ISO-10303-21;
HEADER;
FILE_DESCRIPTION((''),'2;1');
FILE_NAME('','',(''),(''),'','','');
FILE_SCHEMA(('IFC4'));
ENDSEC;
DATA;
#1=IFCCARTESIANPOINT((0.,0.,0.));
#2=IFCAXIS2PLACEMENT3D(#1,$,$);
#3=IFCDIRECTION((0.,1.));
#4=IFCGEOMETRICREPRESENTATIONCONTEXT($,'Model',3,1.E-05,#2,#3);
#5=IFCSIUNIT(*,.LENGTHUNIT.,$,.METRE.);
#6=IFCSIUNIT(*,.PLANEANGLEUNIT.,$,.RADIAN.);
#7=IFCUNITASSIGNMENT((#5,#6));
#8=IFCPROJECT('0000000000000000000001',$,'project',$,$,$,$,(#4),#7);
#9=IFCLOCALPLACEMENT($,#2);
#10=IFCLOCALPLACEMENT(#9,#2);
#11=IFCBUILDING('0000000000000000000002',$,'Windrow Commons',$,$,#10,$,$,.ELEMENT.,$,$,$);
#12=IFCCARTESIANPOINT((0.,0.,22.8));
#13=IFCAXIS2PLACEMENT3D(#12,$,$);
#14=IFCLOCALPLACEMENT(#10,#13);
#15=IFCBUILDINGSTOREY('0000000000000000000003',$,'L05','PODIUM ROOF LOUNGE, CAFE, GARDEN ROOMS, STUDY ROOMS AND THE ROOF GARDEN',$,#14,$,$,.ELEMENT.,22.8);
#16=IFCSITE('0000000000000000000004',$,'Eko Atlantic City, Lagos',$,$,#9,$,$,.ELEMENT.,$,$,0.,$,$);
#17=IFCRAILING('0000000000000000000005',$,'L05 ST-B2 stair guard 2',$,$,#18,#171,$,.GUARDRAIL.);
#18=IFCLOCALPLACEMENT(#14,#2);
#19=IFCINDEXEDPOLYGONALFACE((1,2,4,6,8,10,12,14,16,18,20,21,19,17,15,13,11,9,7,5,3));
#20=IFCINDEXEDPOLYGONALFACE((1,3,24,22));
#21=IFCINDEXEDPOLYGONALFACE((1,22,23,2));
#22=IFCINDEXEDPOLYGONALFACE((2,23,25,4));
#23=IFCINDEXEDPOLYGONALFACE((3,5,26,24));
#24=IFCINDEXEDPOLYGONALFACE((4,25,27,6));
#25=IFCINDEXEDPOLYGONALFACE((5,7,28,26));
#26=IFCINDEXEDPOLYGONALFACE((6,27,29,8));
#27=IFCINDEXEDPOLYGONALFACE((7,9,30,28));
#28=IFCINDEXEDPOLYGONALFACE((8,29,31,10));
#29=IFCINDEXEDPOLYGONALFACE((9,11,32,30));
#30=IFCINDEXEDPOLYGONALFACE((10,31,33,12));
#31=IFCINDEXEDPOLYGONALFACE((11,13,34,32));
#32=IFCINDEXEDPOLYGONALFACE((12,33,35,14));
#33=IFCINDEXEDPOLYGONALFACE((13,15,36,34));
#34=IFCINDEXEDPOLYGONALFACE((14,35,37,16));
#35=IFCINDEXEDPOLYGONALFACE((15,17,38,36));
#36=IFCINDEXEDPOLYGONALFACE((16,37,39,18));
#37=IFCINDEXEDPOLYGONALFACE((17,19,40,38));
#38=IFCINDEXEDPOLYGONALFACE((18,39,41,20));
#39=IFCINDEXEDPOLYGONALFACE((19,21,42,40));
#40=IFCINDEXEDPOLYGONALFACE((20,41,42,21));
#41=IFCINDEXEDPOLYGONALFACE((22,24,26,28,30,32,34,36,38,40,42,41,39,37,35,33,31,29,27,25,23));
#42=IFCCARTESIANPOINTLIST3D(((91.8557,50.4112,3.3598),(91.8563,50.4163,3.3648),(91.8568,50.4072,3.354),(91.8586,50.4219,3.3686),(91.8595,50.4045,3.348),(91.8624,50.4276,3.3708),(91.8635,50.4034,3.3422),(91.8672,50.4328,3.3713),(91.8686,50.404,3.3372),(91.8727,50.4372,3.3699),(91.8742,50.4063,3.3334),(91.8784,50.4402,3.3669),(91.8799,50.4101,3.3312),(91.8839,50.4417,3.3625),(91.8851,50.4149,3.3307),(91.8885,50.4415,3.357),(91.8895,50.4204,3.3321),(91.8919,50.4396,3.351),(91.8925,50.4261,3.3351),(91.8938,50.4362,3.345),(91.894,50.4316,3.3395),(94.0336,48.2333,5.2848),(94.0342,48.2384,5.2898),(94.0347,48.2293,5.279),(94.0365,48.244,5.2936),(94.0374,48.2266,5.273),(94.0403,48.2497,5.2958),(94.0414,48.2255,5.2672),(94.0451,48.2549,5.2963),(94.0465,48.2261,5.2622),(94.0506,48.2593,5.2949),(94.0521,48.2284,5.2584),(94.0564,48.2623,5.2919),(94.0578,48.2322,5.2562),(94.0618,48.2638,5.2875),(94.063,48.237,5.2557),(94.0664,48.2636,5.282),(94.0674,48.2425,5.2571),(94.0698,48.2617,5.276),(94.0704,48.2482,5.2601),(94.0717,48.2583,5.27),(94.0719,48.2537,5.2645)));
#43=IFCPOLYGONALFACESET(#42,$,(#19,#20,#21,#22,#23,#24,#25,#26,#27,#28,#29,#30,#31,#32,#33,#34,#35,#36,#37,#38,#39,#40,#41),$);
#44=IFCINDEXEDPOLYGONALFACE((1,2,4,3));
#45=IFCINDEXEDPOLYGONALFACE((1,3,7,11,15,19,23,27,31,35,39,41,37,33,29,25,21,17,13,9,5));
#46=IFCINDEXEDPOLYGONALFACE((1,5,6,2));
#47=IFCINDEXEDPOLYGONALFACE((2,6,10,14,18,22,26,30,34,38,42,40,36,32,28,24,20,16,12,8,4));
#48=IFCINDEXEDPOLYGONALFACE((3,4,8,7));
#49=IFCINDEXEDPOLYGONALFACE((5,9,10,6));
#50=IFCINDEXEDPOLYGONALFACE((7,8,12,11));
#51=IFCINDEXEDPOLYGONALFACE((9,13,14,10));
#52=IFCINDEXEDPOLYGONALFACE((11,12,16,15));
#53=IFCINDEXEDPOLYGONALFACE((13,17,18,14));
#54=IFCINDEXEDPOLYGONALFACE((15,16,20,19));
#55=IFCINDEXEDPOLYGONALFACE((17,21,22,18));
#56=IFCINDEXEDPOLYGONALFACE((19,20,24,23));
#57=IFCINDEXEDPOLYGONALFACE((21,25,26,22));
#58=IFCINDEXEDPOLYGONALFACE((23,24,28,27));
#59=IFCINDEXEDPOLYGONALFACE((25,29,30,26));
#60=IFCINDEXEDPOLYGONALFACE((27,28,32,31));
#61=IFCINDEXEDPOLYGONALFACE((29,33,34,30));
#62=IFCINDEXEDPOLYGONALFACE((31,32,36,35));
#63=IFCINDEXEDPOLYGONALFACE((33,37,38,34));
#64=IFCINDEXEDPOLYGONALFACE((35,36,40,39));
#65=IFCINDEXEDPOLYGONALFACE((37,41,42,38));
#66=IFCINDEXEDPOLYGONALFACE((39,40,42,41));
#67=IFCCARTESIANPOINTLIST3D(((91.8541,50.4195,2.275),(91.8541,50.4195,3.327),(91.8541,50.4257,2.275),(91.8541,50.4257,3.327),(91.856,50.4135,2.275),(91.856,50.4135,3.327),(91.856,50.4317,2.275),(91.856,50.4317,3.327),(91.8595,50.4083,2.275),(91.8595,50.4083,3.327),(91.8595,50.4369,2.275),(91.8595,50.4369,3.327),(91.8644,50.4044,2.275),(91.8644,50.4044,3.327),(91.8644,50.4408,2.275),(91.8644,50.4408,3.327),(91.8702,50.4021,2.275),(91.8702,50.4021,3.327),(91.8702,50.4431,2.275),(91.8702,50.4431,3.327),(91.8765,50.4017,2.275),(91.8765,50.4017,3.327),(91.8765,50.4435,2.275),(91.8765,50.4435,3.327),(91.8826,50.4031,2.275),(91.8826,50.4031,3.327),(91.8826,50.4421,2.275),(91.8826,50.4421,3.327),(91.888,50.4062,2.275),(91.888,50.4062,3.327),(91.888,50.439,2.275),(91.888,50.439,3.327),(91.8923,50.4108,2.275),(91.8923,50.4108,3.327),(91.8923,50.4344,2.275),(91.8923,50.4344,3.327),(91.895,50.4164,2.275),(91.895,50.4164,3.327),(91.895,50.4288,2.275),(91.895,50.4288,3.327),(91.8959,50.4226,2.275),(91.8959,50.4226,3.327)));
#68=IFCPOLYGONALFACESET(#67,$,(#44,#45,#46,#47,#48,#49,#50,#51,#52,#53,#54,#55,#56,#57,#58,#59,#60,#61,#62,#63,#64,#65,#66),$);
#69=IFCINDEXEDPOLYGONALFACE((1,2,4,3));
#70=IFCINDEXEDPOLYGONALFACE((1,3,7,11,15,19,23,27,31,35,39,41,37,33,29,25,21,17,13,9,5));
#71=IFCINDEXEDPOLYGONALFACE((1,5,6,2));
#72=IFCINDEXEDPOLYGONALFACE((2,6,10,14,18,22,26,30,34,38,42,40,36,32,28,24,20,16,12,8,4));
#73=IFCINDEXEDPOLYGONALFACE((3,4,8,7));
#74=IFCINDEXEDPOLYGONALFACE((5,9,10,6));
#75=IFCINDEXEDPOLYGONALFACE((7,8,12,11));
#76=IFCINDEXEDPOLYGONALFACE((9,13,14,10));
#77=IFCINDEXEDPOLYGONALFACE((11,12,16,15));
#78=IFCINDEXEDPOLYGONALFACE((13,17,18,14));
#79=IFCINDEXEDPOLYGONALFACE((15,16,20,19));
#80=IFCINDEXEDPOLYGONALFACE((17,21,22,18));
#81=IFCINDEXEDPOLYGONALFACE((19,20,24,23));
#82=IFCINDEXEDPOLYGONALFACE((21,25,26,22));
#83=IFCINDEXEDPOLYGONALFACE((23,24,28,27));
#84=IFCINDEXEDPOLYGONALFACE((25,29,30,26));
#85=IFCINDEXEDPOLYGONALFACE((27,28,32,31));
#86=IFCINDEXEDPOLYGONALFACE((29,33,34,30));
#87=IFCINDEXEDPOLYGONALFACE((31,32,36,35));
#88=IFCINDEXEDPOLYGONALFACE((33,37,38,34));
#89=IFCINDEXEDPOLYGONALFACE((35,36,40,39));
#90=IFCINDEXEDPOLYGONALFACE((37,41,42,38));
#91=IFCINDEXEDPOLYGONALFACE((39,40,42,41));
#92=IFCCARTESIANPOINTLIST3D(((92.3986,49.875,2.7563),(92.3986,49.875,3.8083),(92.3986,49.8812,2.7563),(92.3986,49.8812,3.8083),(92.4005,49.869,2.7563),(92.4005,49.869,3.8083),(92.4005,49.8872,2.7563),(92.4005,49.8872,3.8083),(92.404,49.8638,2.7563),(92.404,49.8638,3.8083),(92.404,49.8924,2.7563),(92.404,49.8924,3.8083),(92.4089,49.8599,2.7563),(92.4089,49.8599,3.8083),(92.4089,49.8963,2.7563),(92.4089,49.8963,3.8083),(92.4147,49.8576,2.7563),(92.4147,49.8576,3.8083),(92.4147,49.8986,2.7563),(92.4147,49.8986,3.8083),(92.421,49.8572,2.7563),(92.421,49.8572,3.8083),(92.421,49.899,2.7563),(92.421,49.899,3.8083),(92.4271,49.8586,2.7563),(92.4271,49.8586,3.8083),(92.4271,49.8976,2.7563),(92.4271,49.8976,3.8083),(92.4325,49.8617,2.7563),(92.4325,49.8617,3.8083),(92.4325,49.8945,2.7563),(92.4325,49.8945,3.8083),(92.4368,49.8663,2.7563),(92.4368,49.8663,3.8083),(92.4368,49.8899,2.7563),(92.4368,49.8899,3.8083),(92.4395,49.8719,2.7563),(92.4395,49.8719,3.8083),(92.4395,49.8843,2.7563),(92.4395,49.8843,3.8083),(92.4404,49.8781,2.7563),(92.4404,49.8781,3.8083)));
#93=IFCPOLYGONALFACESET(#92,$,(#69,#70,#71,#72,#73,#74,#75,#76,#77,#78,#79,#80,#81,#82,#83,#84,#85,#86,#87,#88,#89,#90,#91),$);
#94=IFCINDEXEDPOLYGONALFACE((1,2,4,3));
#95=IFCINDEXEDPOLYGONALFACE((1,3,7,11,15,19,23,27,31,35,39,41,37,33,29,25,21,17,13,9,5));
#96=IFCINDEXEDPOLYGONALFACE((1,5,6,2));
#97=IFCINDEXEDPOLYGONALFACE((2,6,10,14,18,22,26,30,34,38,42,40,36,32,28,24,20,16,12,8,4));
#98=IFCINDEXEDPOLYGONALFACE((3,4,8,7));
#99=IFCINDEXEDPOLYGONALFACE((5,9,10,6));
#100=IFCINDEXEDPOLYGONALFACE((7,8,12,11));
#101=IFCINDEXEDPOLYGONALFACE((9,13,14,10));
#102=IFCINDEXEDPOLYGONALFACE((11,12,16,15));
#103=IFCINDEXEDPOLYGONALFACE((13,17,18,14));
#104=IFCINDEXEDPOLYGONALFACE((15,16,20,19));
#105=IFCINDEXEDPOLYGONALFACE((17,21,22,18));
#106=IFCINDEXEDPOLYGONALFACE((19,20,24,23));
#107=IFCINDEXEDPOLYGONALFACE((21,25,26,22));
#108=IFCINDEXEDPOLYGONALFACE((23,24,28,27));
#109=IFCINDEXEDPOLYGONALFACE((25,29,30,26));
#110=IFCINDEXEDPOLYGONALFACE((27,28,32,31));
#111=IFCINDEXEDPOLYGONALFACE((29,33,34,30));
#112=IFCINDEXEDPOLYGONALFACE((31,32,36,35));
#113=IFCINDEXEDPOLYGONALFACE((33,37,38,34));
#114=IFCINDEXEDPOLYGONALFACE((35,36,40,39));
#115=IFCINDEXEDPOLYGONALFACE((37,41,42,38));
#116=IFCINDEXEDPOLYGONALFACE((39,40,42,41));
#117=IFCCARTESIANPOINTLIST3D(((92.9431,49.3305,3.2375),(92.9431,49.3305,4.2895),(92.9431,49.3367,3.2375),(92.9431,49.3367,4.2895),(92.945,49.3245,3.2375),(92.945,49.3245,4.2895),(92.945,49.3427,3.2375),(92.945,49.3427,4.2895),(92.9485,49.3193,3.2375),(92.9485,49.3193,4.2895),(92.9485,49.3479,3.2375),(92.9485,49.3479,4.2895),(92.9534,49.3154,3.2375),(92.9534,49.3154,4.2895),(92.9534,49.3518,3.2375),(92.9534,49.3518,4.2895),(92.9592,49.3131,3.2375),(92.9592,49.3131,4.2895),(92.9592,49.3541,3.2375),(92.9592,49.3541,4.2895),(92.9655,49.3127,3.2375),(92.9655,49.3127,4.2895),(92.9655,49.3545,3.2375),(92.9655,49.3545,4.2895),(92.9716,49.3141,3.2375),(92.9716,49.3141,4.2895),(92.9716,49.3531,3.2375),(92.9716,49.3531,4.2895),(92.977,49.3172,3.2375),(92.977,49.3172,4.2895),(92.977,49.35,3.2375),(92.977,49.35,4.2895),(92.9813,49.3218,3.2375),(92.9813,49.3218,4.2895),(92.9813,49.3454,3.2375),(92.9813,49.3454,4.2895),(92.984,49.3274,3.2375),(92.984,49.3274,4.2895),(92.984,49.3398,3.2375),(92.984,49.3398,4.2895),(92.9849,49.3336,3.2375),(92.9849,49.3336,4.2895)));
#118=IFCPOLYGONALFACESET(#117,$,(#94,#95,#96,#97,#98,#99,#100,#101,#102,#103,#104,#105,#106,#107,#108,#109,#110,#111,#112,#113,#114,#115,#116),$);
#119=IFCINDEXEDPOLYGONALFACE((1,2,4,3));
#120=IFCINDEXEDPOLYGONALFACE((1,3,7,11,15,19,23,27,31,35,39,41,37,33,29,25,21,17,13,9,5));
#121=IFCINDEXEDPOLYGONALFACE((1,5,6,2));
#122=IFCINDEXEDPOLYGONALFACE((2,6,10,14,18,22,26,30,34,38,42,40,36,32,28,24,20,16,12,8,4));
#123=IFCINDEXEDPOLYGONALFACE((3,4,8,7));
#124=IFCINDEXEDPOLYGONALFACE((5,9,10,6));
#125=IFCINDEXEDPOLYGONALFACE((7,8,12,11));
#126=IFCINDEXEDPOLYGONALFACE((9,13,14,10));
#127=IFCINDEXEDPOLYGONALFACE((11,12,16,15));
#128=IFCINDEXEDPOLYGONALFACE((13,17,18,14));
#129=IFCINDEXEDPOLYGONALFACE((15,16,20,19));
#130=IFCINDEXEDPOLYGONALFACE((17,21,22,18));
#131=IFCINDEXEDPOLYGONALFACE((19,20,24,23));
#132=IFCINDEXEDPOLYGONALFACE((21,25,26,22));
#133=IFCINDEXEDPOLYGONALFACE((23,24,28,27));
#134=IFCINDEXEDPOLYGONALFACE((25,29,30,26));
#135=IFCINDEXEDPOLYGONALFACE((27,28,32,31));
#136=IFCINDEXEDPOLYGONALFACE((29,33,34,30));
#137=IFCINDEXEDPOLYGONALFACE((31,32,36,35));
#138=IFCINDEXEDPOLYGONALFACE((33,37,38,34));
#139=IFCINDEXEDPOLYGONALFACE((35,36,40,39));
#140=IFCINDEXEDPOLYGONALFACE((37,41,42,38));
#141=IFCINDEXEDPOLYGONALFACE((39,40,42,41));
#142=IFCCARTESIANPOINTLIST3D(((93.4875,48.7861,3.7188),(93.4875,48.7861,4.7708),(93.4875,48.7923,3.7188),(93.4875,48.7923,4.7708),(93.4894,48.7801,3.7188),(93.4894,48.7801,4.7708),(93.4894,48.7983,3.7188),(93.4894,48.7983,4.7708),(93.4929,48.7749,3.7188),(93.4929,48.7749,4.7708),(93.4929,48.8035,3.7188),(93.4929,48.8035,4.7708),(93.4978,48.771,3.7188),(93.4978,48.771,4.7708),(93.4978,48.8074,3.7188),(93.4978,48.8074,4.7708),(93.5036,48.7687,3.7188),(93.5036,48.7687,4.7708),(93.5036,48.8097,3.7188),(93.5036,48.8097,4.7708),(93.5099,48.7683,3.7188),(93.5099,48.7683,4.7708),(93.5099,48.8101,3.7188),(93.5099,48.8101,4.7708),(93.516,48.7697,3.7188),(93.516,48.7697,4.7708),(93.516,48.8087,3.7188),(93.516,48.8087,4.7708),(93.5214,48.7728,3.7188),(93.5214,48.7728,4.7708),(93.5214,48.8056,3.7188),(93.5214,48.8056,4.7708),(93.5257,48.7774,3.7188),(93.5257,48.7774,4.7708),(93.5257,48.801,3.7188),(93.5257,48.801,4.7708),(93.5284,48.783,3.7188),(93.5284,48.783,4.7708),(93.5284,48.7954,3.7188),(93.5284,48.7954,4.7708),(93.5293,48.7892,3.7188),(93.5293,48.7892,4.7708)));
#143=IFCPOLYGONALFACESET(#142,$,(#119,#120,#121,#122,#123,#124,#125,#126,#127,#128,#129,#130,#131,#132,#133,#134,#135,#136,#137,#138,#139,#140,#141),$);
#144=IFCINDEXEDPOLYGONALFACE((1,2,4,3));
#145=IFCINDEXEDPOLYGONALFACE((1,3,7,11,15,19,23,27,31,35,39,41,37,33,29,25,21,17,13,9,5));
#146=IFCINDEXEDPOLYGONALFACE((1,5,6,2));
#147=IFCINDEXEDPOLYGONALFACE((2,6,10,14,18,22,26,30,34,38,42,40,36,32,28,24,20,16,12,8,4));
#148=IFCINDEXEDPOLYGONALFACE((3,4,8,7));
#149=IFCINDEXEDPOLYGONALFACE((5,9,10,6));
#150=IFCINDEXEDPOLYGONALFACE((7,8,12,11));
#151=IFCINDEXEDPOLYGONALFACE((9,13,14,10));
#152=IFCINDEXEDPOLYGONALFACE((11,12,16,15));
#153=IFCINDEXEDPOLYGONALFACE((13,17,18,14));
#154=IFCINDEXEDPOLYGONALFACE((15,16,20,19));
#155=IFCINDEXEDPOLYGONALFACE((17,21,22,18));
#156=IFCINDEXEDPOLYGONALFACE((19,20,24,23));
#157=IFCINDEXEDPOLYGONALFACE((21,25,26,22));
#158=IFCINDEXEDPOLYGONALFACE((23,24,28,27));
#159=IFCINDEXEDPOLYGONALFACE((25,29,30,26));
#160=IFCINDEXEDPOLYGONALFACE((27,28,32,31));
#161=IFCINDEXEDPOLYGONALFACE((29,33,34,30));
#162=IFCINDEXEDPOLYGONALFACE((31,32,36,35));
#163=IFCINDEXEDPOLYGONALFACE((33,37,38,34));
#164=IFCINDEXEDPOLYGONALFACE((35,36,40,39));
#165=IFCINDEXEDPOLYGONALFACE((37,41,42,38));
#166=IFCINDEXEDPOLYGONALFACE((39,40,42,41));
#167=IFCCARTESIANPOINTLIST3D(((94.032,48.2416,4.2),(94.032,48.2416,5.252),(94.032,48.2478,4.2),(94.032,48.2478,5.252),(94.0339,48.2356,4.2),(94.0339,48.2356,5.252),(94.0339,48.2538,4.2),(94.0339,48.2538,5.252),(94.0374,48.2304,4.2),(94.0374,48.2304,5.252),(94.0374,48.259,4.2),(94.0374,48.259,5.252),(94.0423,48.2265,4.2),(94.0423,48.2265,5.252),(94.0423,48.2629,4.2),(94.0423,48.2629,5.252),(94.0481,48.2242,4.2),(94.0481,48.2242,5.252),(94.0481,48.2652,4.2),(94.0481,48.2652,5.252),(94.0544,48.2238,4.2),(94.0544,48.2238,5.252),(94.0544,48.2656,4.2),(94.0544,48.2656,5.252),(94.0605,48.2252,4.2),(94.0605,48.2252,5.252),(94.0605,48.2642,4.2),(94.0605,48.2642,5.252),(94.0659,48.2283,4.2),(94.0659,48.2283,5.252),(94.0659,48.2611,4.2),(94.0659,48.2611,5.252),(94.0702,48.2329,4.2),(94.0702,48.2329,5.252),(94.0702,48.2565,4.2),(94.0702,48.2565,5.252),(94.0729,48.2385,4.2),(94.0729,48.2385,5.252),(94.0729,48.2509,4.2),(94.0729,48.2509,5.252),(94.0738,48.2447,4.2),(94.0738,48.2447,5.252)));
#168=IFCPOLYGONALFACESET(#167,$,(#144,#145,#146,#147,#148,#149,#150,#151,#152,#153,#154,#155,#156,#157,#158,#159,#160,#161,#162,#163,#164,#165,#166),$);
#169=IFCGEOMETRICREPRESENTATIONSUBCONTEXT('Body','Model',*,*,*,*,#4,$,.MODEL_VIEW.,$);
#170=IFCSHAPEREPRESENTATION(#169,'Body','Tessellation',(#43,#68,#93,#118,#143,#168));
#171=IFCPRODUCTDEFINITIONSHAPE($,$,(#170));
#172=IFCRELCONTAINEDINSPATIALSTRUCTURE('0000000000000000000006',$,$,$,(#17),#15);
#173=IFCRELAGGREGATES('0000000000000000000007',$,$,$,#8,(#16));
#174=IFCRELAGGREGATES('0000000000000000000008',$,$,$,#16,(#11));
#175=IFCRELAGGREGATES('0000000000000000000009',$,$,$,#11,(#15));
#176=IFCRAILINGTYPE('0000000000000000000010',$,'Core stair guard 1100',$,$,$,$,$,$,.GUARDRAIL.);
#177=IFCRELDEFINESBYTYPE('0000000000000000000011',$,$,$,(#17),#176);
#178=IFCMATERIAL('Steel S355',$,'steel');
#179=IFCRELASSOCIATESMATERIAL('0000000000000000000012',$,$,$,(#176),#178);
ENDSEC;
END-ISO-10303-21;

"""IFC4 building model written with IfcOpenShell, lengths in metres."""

from ifc_helpers import new_model, si_unit, direction, frame, origin, origin_2d, place, context, subcontext, project, spatial, circle, extrude, material, type_object, element, save


model = new_model("IFC4")

# Units and contexts
model_context = context("Model", 3, precision=1e-05, world=origin(), true_north=direction((0.0, 1.0)))
body_context = subcontext(model_context, "Body", "Model", "MODEL_VIEW")
ifc_project = project(units=[si_unit("LENGTHUNIT", "METRE"), si_unit("PLANEANGLEUNIT", "RADIAN")], contexts=[model_context])

# Site, building, storey
site_placement = place(None, origin())
site = spatial("IfcSite", under=ifc_project, at=site_placement, Name="Eko Atlantic City, Lagos", CompositionType="ELEMENT", RefElevation=0.0)
building_placement = place(site_placement, origin())
building = spatial("IfcBuilding", under=site, at=building_placement, Name="Windrow Commons", CompositionType="ELEMENT")
storey_placement = place(building_placement, frame((0.0, 0.0, 22.8)))
storey = spatial("IfcBuildingStorey", under=building, at=storey_placement, Name="L05", Description="PODIUM ROOF LOUNGE, CAFE, GARDEN ROOMS, STUDY ROOMS AND THE ROOF GARDEN", CompositionType="ELEMENT", Elevation=22.8)

# Railing
ifc_material_1 = material(Name="Steel S355", Category="steel")
railing_type_1 = type_object("IfcRailingType", Name="Core stair guard 1100", PredefinedType="GUARDRAIL", material=ifc_material_1)
railing_1_placement = place(storey_placement, frame((91.8749, 50.4226, 2.275)))
element("IfcRailing", 1, at=railing_1_placement, inside=storey, type_object=railing_type_1, Name="L05 ST-B2 stair guard 2", PredefinedType="GUARDRAIL", context=body_context, shape_type="SweptSolid", body=[
    extrude(circle(Radius=0.024, at=origin_2d()), frame((0.0, 0.0, 1.076), z_axis=(0.599626, -0.599626, 0.529997), x_axis=(0.707107, 0.707107, 0.0)), (0.0, 0.0, 1.0), 3.6321),
    extrude(circle(Radius=0.021, at=origin_2d()), origin(), (0.0, 0.0, 1.0), 1.052),
    extrude(circle(Radius=0.021, at=origin_2d()), frame((0.5445, -0.5445, 0.4813)), (0.0, 0.0, 1.0), 1.052),
    extrude(circle(Radius=0.021, at=origin_2d()), frame((1.089, -1.089, 0.9625)), (0.0, 0.0, 1.0), 1.052),
    extrude(circle(Radius=0.021, at=origin_2d()), frame((1.6334, -1.6334, 1.4438)), (0.0, 0.0, 1.0), 1.052),
    extrude(circle(Radius=0.021, at=origin_2d()), frame((2.1779, -2.1779, 1.925)), (0.0, 0.0, 1.0), 1.052),
])

save(model, "model.ifc")
